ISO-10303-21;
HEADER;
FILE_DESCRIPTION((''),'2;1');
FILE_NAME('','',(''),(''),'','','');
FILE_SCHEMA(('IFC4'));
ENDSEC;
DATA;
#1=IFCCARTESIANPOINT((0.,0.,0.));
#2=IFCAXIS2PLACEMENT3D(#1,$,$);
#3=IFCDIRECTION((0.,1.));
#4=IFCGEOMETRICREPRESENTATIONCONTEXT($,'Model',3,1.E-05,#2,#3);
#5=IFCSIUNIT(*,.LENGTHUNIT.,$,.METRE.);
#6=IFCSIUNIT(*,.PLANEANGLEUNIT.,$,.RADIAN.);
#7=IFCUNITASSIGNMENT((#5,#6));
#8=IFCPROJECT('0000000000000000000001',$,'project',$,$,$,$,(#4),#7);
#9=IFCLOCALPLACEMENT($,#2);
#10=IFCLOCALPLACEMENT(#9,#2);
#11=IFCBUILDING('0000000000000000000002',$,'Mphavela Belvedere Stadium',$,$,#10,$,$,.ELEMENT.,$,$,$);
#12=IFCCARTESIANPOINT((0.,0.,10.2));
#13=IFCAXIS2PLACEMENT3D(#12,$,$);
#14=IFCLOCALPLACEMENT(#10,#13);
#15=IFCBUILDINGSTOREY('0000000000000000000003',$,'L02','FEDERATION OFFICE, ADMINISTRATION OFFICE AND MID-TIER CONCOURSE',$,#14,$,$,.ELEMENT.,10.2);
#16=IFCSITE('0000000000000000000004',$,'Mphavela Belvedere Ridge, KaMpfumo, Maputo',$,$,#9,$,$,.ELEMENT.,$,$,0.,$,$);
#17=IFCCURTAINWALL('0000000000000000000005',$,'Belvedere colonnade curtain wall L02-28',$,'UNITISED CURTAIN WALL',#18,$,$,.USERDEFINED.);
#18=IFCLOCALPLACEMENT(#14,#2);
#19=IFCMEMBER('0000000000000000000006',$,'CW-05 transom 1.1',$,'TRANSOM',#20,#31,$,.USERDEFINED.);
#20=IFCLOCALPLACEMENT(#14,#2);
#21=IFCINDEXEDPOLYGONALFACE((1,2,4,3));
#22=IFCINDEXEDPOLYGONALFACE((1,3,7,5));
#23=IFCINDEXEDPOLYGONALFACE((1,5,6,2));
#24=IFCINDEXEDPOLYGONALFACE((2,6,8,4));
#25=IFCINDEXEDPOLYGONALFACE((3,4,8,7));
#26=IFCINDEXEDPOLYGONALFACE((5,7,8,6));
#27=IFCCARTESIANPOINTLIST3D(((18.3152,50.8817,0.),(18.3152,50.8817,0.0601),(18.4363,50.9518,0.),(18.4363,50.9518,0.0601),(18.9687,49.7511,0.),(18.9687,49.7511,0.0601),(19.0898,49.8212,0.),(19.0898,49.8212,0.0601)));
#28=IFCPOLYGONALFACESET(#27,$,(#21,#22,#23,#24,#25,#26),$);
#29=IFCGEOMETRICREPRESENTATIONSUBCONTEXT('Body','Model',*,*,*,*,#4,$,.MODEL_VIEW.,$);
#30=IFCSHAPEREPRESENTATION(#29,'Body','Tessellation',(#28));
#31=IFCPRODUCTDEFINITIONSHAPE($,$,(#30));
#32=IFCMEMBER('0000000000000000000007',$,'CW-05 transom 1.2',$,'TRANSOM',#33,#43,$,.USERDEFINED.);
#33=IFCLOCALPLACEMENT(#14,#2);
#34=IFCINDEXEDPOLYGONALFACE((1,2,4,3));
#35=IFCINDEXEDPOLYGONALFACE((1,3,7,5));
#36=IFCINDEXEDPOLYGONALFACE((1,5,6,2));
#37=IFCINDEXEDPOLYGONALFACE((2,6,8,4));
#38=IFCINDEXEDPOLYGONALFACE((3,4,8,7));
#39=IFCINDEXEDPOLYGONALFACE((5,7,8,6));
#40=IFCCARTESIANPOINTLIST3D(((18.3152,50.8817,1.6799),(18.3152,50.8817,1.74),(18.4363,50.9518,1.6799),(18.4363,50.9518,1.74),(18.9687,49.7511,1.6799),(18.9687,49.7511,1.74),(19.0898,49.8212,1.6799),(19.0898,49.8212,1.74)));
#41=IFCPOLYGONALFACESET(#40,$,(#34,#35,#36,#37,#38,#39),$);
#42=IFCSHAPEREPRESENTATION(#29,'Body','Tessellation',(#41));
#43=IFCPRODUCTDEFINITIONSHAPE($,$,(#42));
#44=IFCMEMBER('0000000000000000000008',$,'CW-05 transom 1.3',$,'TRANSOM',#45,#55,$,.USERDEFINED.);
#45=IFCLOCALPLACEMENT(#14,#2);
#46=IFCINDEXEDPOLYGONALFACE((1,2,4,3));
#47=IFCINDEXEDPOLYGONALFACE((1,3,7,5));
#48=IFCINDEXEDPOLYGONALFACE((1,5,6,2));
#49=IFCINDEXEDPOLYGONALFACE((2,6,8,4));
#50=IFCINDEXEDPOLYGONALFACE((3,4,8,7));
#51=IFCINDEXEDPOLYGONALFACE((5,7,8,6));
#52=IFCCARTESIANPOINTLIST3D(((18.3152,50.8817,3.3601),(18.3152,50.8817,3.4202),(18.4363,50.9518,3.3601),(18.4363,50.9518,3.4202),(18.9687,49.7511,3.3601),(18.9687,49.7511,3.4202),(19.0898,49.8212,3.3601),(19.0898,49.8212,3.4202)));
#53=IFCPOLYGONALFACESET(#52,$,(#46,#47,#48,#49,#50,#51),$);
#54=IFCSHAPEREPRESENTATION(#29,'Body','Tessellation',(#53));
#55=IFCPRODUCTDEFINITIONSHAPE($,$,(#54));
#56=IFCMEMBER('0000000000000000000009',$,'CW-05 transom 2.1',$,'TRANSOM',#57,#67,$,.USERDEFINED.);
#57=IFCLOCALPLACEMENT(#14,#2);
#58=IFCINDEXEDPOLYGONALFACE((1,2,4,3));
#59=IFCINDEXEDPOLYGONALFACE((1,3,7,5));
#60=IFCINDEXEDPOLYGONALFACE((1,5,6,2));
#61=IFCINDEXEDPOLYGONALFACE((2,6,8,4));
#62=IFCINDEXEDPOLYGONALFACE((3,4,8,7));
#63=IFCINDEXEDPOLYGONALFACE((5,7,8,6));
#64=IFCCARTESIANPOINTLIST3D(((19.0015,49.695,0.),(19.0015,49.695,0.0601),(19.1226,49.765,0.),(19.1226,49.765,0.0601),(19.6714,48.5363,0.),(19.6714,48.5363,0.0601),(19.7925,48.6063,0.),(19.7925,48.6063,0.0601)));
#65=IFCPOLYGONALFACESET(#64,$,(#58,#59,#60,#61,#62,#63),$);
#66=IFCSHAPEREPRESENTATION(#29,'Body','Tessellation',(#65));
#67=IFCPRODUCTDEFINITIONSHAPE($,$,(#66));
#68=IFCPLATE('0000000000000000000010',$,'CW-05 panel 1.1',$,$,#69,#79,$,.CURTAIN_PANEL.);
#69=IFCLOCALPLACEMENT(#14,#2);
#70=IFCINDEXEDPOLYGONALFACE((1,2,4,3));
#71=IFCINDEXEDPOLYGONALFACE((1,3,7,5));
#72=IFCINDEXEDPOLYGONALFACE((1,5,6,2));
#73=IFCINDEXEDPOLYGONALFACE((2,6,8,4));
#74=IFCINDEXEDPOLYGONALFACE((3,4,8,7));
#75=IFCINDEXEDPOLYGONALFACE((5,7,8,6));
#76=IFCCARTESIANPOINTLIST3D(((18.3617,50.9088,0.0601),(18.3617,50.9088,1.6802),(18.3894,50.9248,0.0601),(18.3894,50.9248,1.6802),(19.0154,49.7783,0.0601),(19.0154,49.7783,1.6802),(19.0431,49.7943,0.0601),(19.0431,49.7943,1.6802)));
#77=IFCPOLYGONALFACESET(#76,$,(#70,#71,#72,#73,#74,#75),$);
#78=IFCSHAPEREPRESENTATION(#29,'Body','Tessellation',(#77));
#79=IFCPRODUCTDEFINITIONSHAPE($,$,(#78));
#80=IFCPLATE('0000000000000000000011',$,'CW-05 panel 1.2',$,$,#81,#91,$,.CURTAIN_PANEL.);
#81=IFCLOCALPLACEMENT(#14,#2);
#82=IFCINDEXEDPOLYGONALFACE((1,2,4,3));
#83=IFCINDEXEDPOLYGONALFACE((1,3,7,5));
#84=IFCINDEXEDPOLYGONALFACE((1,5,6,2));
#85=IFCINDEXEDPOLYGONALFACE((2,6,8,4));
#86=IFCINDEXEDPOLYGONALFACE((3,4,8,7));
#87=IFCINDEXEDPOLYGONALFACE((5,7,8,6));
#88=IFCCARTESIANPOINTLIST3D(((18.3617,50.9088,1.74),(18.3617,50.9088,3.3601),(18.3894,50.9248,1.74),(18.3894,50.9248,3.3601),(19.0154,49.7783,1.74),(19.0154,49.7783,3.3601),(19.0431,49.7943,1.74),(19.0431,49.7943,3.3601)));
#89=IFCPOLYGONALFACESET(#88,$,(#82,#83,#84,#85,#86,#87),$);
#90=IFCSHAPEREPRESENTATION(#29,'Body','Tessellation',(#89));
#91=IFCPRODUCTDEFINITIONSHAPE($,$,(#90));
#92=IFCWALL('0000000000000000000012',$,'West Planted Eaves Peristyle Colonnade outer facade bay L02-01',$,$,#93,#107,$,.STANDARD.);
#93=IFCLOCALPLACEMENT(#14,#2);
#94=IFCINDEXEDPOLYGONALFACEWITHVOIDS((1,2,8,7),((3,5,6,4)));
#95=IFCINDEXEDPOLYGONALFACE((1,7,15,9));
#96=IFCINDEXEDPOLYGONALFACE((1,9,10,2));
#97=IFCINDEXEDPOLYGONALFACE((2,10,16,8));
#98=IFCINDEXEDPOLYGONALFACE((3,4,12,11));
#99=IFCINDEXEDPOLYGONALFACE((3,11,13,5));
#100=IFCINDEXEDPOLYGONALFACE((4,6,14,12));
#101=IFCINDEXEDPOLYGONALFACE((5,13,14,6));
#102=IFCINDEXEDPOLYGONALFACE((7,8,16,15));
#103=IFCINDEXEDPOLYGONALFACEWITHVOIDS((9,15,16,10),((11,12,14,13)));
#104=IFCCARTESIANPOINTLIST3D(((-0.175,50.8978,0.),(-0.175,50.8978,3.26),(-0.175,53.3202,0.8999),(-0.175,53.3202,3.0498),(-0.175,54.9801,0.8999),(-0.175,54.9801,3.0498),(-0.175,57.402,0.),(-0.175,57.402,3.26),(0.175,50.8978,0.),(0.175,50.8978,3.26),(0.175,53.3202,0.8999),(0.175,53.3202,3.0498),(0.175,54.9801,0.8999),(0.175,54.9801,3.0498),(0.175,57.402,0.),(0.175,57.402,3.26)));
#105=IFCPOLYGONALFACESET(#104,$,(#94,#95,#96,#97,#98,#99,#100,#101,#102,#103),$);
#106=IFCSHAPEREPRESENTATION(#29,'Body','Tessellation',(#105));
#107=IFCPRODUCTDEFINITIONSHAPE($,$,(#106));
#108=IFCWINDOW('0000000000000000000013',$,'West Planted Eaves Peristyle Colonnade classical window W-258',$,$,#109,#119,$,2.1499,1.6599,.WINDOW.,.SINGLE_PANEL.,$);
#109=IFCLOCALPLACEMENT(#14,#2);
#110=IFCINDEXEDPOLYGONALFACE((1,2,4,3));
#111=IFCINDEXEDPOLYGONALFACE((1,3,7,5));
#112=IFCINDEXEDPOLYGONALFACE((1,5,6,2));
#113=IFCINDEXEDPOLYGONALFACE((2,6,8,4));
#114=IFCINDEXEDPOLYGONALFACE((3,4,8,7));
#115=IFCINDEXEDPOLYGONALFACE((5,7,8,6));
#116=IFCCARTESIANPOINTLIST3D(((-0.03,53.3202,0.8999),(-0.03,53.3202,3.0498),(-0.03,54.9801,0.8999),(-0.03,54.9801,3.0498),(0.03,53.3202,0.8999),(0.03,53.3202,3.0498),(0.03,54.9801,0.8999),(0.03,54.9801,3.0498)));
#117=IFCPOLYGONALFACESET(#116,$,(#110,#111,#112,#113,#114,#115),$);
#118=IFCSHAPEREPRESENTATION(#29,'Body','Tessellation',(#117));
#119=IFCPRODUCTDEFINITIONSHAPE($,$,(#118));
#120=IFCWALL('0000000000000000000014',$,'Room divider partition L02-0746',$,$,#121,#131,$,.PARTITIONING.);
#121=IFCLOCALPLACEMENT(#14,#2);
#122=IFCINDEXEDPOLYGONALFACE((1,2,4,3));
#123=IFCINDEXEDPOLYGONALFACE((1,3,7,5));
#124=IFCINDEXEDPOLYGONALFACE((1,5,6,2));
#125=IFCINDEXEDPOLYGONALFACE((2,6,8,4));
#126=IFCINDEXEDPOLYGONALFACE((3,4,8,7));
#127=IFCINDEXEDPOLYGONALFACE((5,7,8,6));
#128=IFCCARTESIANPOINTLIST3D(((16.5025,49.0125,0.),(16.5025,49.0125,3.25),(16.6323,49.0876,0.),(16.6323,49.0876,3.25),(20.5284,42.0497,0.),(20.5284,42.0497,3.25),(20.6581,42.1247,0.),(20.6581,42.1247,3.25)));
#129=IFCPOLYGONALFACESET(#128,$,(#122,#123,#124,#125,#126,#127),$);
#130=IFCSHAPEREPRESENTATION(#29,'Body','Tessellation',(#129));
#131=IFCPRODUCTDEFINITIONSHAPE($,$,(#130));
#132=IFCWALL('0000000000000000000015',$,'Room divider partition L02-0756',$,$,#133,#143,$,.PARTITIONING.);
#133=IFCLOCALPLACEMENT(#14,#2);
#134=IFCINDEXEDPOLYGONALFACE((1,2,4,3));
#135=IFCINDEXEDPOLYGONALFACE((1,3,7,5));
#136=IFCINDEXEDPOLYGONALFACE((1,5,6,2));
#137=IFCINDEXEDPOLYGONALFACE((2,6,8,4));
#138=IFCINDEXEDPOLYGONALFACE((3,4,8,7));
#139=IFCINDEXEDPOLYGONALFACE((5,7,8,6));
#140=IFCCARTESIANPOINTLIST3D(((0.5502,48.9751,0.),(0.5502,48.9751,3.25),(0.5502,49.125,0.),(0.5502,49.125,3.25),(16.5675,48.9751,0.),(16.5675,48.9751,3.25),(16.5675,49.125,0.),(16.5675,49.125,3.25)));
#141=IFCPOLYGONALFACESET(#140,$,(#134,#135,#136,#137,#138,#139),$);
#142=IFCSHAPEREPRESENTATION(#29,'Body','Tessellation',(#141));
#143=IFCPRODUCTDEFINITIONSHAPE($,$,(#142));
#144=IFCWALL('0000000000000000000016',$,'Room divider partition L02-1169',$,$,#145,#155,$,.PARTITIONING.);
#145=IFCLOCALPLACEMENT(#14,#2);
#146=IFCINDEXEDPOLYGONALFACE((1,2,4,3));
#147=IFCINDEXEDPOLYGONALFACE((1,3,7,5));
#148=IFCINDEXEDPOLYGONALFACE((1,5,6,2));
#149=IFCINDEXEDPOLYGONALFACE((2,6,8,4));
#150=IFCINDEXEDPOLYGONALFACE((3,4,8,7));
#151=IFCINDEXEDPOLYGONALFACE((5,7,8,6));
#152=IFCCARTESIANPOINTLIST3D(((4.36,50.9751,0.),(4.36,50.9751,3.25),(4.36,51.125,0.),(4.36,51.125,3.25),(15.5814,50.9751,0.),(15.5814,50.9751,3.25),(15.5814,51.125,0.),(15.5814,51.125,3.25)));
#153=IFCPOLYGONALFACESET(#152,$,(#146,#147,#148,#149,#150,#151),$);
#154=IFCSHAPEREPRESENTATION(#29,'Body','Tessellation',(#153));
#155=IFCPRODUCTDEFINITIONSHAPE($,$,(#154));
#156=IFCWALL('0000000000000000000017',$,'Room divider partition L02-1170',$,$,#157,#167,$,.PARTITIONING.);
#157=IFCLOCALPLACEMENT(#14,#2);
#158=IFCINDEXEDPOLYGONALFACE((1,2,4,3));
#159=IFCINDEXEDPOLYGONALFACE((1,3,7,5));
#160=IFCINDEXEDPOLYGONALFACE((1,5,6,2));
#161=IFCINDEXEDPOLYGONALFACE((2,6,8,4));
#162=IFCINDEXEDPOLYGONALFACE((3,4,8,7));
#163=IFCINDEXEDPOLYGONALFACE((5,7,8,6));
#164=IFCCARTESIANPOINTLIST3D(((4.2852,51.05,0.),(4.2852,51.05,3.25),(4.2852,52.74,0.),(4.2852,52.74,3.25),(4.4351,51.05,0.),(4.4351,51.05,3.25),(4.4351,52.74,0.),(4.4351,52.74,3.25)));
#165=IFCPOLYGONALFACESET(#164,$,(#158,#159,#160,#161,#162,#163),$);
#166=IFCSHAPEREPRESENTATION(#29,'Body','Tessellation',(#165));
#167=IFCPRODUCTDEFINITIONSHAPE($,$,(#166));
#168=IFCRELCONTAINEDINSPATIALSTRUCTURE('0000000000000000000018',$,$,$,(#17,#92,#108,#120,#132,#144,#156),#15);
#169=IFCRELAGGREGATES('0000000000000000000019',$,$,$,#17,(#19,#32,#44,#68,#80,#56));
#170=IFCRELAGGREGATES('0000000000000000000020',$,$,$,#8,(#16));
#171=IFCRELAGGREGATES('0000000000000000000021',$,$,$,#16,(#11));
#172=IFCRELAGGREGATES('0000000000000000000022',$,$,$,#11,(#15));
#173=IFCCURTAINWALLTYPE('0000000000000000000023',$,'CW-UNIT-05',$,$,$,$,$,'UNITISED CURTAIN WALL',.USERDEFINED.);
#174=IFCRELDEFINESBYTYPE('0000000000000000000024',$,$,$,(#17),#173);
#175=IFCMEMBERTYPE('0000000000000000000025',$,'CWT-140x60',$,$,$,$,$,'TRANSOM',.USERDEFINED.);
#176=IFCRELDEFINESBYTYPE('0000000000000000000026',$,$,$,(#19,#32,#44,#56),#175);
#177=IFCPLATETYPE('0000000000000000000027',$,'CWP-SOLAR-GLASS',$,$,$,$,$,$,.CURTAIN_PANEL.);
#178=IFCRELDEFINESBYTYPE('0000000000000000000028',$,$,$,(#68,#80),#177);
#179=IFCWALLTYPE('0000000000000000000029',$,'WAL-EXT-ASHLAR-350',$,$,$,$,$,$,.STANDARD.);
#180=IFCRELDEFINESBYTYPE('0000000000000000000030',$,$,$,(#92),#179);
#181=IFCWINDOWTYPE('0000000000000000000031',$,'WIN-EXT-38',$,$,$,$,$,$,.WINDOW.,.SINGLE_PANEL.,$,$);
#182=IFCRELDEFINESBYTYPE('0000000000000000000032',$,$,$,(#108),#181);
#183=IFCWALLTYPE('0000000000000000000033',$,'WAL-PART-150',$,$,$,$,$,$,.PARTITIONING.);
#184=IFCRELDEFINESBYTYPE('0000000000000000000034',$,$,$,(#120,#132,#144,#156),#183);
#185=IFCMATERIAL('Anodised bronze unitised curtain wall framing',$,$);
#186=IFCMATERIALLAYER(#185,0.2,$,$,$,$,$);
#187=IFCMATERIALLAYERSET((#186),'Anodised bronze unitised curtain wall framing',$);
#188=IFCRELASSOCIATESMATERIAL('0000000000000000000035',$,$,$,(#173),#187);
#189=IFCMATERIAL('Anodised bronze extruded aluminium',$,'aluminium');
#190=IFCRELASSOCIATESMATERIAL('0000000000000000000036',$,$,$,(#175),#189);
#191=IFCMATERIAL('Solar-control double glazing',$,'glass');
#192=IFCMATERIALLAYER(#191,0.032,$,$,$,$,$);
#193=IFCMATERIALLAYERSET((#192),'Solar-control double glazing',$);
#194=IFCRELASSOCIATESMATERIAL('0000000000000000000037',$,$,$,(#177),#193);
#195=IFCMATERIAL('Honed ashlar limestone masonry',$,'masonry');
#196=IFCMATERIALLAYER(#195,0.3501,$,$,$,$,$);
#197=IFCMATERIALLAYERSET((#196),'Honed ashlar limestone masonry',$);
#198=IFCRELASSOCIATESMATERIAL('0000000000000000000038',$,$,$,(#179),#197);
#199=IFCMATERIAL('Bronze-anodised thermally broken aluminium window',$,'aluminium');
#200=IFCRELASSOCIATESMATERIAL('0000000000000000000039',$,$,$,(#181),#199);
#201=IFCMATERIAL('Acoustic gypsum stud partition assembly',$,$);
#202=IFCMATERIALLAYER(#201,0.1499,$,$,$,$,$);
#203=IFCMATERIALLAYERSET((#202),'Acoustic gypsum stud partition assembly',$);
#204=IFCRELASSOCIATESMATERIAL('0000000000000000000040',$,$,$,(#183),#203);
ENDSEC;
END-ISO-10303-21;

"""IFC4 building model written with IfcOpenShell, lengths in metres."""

from ifc_helpers import new_model, si_unit, direction, frame, frame_2d, origin, origin_2d, place, context, subcontext, project, spatial, rectangle, extrude, material, layer, layer_set, material_profile, profile_set, type_object, element, fill, aggregate, save


model = new_model("IFC4")

# Units and contexts
model_context = context("Model", 3, precision=1e-05, world=origin(), true_north=direction((0.0, 1.0)))
body_context = subcontext(model_context, "Body", "Model", "MODEL_VIEW")
ifc_project = project(units=[si_unit("LENGTHUNIT", "METRE"), si_unit("PLANEANGLEUNIT", "RADIAN")], contexts=[model_context])

# Site, building, storey
site_placement = place(None, origin())
site = spatial("IfcSite", under=ifc_project, at=site_placement, Name="Mphavela Belvedere Ridge, KaMpfumo, Maputo", CompositionType="ELEMENT", RefElevation=0.0)
building_placement = place(site_placement, origin())
building = spatial("IfcBuilding", under=site, at=building_placement, Name="Mphavela Belvedere Stadium", CompositionType="ELEMENT")
storey_placement = place(building_placement, frame((0.0, 0.0, 10.2)))
storey = spatial("IfcBuildingStorey", under=building, at=storey_placement, Name="L02", Description="FEDERATION OFFICE, ADMINISTRATION OFFICE AND MID-TIER CONCOURSE", CompositionType="ELEMENT", Elevation=10.2)

# Curtain wall, members, plates
ifc_material_1 = material(Name="Anodised bronze unitised curtain wall framing")
ifc_layer_1 = layer(ifc_material_1, 0.2)
ifc_layer_set_1 = layer_set([ifc_layer_1], Name="Anodised bronze unitised curtain wall framing")
curtain_wall_type = type_object("IfcCurtainWallType", Name="CW-UNIT-05", ElementType="UNITISED CURTAIN WALL", PredefinedType="USERDEFINED", material=ifc_layer_set_1)
curtain_wall_placement = place(storey_placement, origin())
curtain_wall = element("IfcCurtainWall", 1, at=curtain_wall_placement, inside=storey, type_object=curtain_wall_type, Name="Belvedere colonnade curtain wall L02-28", ObjectType="UNITISED CURTAIN WALL", PredefinedType="USERDEFINED")
ifc_material_2 = material(Name="Anodised bronze extruded aluminium", Category="aluminium")
ifc_material_profile_1 = material_profile(ifc_material_2, rectangle(XDim=0.1399, YDim=0.0601, at=origin_2d()), Name="CW-TRN 140x60")
ifc_profile_set_1 = profile_set([ifc_material_profile_1], Name="Anodised bronze extruded aluminium")
member_type_1 = type_object("IfcMemberType", Name="CWT-140x60", ElementType="TRANSOM", PredefinedType="USERDEFINED", material=ifc_profile_set_1)
member_1_placement = place(storey_placement, frame((18.3757, 50.9167, 0.03), z_axis=(0.500461, -0.865759, 0.0), x_axis=(0.865759, 0.500461, 0.0)))
member_1 = element("IfcMember", 2, at=member_1_placement, type_object=member_type_1, Name="CW-05 transom 1.1", ObjectType="TRANSOM", PredefinedType="USERDEFINED", context=body_context, shape_type="SweptSolid", body=[
    extrude(rectangle(XDim=0.1399, YDim=0.0601, at=origin_2d()), origin(), (0.0, 0.0, 1.0), 1.3059),
])
member_2_placement = place(storey_placement, frame((18.3757, 50.9167, 1.71), z_axis=(0.500461, -0.865759, 0.0), x_axis=(0.865759, 0.500461, 0.0)))
member_2 = element("IfcMember", 3, at=member_2_placement, type_object=member_type_1, Name="CW-05 transom 1.2", ObjectType="TRANSOM", PredefinedType="USERDEFINED", context=body_context, shape_type="SweptSolid", body=[
    extrude(rectangle(XDim=0.1399, YDim=0.0601, at=origin_2d()), origin(), (0.0, 0.0, 1.0), 1.3059),
])
member_3_placement = place(storey_placement, frame((18.3757, 50.9167, 3.3901), z_axis=(0.500461, -0.865759, 0.0), x_axis=(0.865759, 0.500461, 0.0)))
member_3 = element("IfcMember", 4, at=member_3_placement, type_object=member_type_1, Name="CW-05 transom 1.3", ObjectType="TRANSOM", PredefinedType="USERDEFINED", context=body_context, shape_type="SweptSolid", body=[
    extrude(rectangle(XDim=0.1399, YDim=0.0601, at=origin_2d()), origin(), (0.0, 0.0, 1.0), 1.3059),
])
member_4_placement = place(storey_placement, frame((19.062, 49.73, 0.03), z_axis=(0.500533, -0.865718, 0.0), x_axis=(0.865718, 0.500533, 0.0)))
member_4 = element("IfcMember", 5, at=member_4_placement, type_object=member_type_1, Name="CW-05 transom 2.1", ObjectType="TRANSOM", PredefinedType="USERDEFINED", context=body_context, shape_type="SweptSolid", body=[
    extrude(rectangle(XDim=0.1399, YDim=0.0601, at=origin_2d()), origin(), (0.0, 0.0, 1.0), 1.3384),
])
ifc_material_3 = material(Name="Solar-control double glazing", Category="glass")
ifc_layer_2 = layer(ifc_material_3, 0.032)
ifc_layer_set_2 = layer_set([ifc_layer_2], Name="Solar-control double glazing")
plate_type = type_object("IfcPlateType", Name="CWP-SOLAR-GLASS", PredefinedType="CURTAIN_PANEL", material=ifc_layer_set_2)
plate_1_placement = place(storey_placement, frame((18.7024, 50.3516, 0.0601), z_axis=(0.0, 0.0, 1.0), x_axis=(0.500562, -0.8657, 0.0)))
plate_1 = element("IfcPlate", 6, at=plate_1_placement, type_object=plate_type, Name="CW-05 panel 1.1", PredefinedType="CURTAIN_PANEL", context=body_context, shape_type="SweptSolid", body=[
    extrude(rectangle(XDim=1.3059, YDim=0.032, at=origin_2d()), origin(), (0.0, 0.0, 1.0), 1.6201),
])
plate_2_placement = place(storey_placement, frame((18.7024, 50.3516, 1.74), z_axis=(0.0, 0.0, 1.0), x_axis=(0.500562, -0.8657, 0.0)))
plate_2 = element("IfcPlate", 7, at=plate_2_placement, type_object=plate_type, Name="CW-05 panel 1.2", PredefinedType="CURTAIN_PANEL", context=body_context, shape_type="SweptSolid", body=[
    extrude(rectangle(XDim=1.3059, YDim=0.032, at=origin_2d()), origin(), (0.0, 0.0, 1.0), 1.6201),
])
aggregate(curtain_wall, [member_1, member_2, member_3, plate_1, plate_2, member_4])

# Wall, opening, window
ifc_material_4 = material(Name="Honed ashlar limestone masonry", Category="masonry")
ifc_layer_3 = layer(ifc_material_4, 0.3501)
ifc_layer_set_3 = layer_set([ifc_layer_3], Name="Honed ashlar limestone masonry")
wall_type_1 = type_object("IfcWallType", Name="WAL-EXT-ASHLAR-350", PredefinedType="STANDARD", material=ifc_layer_set_3)
wall_1_placement = place(storey_placement, frame((0.0, 50.8979, 0.0), z_axis=(0.0, 0.0, 1.0), x_axis=(0.0, 1.0, 0.0)))
wall_1 = element("IfcWall", 8, at=wall_1_placement, inside=storey, type_object=wall_type_1, Name="West Planted Eaves Peristyle Colonnade outer facade bay L02-01", PredefinedType="STANDARD", context=body_context, shape_type="SweptSolid", body=[
    extrude(rectangle(XDim=6.5042, YDim=0.3501, at=frame_2d((3.252, 0.0))), origin(), (0.0, 0.0, 1.0), 3.26),
])
opening_placement = place(wall_1_placement, frame((2.4221, 0.0, 0.8999)))
opening = element("IfcOpeningElement", 9, at=opening_placement, cuts=wall_1, PredefinedType="OPENING", context=body_context, shape_type="SweptSolid", body=[
    extrude(rectangle(XDim=1.6599, YDim=2.1499, at=frame_2d((0.8301, 1.075))), frame((0.0, 0.1851, 0.0), z_axis=(0.0, -1.0, 0.0), x_axis=(1.0, 0.0, 0.0)), (0.0, 0.0, 1.0), 0.3701),
])
ifc_material_5 = material(Name="Bronze-anodised thermally broken aluminium window", Category="aluminium")
window_type = type_object("IfcWindowType", Name="WIN-EXT-38", PartitioningType="SINGLE_PANEL", PredefinedType="WINDOW", material=ifc_material_5)
window_placement = place(opening_placement, origin())
window = element("IfcWindow", 10, at=window_placement, inside=storey, type_object=window_type, Name="West Planted Eaves Peristyle Colonnade classical window W-258", OverallHeight=2.1499, OverallWidth=1.6599, PartitioningType="SINGLE_PANEL", PredefinedType="WINDOW", context=body_context, shape_type="SweptSolid", body=[
    extrude(rectangle(XDim=1.6599, YDim=2.1499, at=frame_2d((0.8301, 1.075))), frame((0.0, 0.03, 0.0), z_axis=(0.0, -1.0, 0.0), x_axis=(1.0, 0.0, 0.0)), (0.0, 0.0, 1.0), 0.0601),
])
fill(opening, window)

# Walls
ifc_material_6 = material(Name="Acoustic gypsum stud partition assembly")
ifc_layer_4 = layer(ifc_material_6, 0.1499)
ifc_layer_set_4 = layer_set([ifc_layer_4], Name="Acoustic gypsum stud partition assembly")
wall_type_2 = type_object("IfcWallType", Name="WAL-PART-150", PredefinedType="PARTITIONING", material=ifc_layer_set_4)
wall_2_placement = place(storey_placement, frame((16.5674, 49.05, 0.0), z_axis=(0.0, 0.0, 1.0), x_axis=(0.500546, -0.86571, 0.0)))
element("IfcWall", 11, at=wall_2_placement, inside=storey, type_object=wall_type_2, Name="Room divider partition L02-0746", PredefinedType="PARTITIONING", context=body_context, shape_type="SweptSolid", body=[
    extrude(rectangle(XDim=8.043, YDim=0.1499, at=frame_2d((4.0215, 0.0))), origin(), (0.0, 0.0, 1.0), 3.25),
])
wall_3_placement = place(storey_placement, frame((0.55, 49.05, 0.0), z_axis=(0.0, 0.0, 1.0), x_axis=(1.0, 0.0, 0.0)))
element("IfcWall", 12, at=wall_3_placement, inside=storey, type_object=wall_type_2, Name="Room divider partition L02-0756", PredefinedType="PARTITIONING", context=body_context, shape_type="SweptSolid", body=[
    extrude(rectangle(XDim=16.0173, YDim=0.1499, at=frame_2d((8.0088, 0.0))), origin(), (0.0, 0.0, 1.0), 3.25),
])
wall_4_placement = place(storey_placement, frame((15.5815, 51.05, 0.0), z_axis=(0.0, 0.0, 1.0), x_axis=(-1.0, 0.0, 0.0)))
element("IfcWall", 13, at=wall_4_placement, inside=storey, type_object=wall_type_2, Name="Room divider partition L02-1169", PredefinedType="PARTITIONING", context=body_context, shape_type="SweptSolid", body=[
    extrude(rectangle(XDim=11.2214, YDim=0.1499, at=frame_2d((5.6108, 0.0))), origin(), (0.0, 0.0, 1.0), 3.25),
])
wall_5_placement = place(storey_placement, frame((4.3601, 51.05, 0.0), z_axis=(0.0, 0.0, 1.0), x_axis=(0.0, 1.0, 0.0)))
element("IfcWall", 14, at=wall_5_placement, inside=storey, type_object=wall_type_2, Name="Room divider partition L02-1170", PredefinedType="PARTITIONING", context=body_context, shape_type="SweptSolid", body=[
    extrude(rectangle(XDim=1.6899, YDim=0.1499, at=frame_2d((0.845, 0.0))), origin(), (0.0, 0.0, 1.0), 3.25),
])

save(model, "model.ifc")
